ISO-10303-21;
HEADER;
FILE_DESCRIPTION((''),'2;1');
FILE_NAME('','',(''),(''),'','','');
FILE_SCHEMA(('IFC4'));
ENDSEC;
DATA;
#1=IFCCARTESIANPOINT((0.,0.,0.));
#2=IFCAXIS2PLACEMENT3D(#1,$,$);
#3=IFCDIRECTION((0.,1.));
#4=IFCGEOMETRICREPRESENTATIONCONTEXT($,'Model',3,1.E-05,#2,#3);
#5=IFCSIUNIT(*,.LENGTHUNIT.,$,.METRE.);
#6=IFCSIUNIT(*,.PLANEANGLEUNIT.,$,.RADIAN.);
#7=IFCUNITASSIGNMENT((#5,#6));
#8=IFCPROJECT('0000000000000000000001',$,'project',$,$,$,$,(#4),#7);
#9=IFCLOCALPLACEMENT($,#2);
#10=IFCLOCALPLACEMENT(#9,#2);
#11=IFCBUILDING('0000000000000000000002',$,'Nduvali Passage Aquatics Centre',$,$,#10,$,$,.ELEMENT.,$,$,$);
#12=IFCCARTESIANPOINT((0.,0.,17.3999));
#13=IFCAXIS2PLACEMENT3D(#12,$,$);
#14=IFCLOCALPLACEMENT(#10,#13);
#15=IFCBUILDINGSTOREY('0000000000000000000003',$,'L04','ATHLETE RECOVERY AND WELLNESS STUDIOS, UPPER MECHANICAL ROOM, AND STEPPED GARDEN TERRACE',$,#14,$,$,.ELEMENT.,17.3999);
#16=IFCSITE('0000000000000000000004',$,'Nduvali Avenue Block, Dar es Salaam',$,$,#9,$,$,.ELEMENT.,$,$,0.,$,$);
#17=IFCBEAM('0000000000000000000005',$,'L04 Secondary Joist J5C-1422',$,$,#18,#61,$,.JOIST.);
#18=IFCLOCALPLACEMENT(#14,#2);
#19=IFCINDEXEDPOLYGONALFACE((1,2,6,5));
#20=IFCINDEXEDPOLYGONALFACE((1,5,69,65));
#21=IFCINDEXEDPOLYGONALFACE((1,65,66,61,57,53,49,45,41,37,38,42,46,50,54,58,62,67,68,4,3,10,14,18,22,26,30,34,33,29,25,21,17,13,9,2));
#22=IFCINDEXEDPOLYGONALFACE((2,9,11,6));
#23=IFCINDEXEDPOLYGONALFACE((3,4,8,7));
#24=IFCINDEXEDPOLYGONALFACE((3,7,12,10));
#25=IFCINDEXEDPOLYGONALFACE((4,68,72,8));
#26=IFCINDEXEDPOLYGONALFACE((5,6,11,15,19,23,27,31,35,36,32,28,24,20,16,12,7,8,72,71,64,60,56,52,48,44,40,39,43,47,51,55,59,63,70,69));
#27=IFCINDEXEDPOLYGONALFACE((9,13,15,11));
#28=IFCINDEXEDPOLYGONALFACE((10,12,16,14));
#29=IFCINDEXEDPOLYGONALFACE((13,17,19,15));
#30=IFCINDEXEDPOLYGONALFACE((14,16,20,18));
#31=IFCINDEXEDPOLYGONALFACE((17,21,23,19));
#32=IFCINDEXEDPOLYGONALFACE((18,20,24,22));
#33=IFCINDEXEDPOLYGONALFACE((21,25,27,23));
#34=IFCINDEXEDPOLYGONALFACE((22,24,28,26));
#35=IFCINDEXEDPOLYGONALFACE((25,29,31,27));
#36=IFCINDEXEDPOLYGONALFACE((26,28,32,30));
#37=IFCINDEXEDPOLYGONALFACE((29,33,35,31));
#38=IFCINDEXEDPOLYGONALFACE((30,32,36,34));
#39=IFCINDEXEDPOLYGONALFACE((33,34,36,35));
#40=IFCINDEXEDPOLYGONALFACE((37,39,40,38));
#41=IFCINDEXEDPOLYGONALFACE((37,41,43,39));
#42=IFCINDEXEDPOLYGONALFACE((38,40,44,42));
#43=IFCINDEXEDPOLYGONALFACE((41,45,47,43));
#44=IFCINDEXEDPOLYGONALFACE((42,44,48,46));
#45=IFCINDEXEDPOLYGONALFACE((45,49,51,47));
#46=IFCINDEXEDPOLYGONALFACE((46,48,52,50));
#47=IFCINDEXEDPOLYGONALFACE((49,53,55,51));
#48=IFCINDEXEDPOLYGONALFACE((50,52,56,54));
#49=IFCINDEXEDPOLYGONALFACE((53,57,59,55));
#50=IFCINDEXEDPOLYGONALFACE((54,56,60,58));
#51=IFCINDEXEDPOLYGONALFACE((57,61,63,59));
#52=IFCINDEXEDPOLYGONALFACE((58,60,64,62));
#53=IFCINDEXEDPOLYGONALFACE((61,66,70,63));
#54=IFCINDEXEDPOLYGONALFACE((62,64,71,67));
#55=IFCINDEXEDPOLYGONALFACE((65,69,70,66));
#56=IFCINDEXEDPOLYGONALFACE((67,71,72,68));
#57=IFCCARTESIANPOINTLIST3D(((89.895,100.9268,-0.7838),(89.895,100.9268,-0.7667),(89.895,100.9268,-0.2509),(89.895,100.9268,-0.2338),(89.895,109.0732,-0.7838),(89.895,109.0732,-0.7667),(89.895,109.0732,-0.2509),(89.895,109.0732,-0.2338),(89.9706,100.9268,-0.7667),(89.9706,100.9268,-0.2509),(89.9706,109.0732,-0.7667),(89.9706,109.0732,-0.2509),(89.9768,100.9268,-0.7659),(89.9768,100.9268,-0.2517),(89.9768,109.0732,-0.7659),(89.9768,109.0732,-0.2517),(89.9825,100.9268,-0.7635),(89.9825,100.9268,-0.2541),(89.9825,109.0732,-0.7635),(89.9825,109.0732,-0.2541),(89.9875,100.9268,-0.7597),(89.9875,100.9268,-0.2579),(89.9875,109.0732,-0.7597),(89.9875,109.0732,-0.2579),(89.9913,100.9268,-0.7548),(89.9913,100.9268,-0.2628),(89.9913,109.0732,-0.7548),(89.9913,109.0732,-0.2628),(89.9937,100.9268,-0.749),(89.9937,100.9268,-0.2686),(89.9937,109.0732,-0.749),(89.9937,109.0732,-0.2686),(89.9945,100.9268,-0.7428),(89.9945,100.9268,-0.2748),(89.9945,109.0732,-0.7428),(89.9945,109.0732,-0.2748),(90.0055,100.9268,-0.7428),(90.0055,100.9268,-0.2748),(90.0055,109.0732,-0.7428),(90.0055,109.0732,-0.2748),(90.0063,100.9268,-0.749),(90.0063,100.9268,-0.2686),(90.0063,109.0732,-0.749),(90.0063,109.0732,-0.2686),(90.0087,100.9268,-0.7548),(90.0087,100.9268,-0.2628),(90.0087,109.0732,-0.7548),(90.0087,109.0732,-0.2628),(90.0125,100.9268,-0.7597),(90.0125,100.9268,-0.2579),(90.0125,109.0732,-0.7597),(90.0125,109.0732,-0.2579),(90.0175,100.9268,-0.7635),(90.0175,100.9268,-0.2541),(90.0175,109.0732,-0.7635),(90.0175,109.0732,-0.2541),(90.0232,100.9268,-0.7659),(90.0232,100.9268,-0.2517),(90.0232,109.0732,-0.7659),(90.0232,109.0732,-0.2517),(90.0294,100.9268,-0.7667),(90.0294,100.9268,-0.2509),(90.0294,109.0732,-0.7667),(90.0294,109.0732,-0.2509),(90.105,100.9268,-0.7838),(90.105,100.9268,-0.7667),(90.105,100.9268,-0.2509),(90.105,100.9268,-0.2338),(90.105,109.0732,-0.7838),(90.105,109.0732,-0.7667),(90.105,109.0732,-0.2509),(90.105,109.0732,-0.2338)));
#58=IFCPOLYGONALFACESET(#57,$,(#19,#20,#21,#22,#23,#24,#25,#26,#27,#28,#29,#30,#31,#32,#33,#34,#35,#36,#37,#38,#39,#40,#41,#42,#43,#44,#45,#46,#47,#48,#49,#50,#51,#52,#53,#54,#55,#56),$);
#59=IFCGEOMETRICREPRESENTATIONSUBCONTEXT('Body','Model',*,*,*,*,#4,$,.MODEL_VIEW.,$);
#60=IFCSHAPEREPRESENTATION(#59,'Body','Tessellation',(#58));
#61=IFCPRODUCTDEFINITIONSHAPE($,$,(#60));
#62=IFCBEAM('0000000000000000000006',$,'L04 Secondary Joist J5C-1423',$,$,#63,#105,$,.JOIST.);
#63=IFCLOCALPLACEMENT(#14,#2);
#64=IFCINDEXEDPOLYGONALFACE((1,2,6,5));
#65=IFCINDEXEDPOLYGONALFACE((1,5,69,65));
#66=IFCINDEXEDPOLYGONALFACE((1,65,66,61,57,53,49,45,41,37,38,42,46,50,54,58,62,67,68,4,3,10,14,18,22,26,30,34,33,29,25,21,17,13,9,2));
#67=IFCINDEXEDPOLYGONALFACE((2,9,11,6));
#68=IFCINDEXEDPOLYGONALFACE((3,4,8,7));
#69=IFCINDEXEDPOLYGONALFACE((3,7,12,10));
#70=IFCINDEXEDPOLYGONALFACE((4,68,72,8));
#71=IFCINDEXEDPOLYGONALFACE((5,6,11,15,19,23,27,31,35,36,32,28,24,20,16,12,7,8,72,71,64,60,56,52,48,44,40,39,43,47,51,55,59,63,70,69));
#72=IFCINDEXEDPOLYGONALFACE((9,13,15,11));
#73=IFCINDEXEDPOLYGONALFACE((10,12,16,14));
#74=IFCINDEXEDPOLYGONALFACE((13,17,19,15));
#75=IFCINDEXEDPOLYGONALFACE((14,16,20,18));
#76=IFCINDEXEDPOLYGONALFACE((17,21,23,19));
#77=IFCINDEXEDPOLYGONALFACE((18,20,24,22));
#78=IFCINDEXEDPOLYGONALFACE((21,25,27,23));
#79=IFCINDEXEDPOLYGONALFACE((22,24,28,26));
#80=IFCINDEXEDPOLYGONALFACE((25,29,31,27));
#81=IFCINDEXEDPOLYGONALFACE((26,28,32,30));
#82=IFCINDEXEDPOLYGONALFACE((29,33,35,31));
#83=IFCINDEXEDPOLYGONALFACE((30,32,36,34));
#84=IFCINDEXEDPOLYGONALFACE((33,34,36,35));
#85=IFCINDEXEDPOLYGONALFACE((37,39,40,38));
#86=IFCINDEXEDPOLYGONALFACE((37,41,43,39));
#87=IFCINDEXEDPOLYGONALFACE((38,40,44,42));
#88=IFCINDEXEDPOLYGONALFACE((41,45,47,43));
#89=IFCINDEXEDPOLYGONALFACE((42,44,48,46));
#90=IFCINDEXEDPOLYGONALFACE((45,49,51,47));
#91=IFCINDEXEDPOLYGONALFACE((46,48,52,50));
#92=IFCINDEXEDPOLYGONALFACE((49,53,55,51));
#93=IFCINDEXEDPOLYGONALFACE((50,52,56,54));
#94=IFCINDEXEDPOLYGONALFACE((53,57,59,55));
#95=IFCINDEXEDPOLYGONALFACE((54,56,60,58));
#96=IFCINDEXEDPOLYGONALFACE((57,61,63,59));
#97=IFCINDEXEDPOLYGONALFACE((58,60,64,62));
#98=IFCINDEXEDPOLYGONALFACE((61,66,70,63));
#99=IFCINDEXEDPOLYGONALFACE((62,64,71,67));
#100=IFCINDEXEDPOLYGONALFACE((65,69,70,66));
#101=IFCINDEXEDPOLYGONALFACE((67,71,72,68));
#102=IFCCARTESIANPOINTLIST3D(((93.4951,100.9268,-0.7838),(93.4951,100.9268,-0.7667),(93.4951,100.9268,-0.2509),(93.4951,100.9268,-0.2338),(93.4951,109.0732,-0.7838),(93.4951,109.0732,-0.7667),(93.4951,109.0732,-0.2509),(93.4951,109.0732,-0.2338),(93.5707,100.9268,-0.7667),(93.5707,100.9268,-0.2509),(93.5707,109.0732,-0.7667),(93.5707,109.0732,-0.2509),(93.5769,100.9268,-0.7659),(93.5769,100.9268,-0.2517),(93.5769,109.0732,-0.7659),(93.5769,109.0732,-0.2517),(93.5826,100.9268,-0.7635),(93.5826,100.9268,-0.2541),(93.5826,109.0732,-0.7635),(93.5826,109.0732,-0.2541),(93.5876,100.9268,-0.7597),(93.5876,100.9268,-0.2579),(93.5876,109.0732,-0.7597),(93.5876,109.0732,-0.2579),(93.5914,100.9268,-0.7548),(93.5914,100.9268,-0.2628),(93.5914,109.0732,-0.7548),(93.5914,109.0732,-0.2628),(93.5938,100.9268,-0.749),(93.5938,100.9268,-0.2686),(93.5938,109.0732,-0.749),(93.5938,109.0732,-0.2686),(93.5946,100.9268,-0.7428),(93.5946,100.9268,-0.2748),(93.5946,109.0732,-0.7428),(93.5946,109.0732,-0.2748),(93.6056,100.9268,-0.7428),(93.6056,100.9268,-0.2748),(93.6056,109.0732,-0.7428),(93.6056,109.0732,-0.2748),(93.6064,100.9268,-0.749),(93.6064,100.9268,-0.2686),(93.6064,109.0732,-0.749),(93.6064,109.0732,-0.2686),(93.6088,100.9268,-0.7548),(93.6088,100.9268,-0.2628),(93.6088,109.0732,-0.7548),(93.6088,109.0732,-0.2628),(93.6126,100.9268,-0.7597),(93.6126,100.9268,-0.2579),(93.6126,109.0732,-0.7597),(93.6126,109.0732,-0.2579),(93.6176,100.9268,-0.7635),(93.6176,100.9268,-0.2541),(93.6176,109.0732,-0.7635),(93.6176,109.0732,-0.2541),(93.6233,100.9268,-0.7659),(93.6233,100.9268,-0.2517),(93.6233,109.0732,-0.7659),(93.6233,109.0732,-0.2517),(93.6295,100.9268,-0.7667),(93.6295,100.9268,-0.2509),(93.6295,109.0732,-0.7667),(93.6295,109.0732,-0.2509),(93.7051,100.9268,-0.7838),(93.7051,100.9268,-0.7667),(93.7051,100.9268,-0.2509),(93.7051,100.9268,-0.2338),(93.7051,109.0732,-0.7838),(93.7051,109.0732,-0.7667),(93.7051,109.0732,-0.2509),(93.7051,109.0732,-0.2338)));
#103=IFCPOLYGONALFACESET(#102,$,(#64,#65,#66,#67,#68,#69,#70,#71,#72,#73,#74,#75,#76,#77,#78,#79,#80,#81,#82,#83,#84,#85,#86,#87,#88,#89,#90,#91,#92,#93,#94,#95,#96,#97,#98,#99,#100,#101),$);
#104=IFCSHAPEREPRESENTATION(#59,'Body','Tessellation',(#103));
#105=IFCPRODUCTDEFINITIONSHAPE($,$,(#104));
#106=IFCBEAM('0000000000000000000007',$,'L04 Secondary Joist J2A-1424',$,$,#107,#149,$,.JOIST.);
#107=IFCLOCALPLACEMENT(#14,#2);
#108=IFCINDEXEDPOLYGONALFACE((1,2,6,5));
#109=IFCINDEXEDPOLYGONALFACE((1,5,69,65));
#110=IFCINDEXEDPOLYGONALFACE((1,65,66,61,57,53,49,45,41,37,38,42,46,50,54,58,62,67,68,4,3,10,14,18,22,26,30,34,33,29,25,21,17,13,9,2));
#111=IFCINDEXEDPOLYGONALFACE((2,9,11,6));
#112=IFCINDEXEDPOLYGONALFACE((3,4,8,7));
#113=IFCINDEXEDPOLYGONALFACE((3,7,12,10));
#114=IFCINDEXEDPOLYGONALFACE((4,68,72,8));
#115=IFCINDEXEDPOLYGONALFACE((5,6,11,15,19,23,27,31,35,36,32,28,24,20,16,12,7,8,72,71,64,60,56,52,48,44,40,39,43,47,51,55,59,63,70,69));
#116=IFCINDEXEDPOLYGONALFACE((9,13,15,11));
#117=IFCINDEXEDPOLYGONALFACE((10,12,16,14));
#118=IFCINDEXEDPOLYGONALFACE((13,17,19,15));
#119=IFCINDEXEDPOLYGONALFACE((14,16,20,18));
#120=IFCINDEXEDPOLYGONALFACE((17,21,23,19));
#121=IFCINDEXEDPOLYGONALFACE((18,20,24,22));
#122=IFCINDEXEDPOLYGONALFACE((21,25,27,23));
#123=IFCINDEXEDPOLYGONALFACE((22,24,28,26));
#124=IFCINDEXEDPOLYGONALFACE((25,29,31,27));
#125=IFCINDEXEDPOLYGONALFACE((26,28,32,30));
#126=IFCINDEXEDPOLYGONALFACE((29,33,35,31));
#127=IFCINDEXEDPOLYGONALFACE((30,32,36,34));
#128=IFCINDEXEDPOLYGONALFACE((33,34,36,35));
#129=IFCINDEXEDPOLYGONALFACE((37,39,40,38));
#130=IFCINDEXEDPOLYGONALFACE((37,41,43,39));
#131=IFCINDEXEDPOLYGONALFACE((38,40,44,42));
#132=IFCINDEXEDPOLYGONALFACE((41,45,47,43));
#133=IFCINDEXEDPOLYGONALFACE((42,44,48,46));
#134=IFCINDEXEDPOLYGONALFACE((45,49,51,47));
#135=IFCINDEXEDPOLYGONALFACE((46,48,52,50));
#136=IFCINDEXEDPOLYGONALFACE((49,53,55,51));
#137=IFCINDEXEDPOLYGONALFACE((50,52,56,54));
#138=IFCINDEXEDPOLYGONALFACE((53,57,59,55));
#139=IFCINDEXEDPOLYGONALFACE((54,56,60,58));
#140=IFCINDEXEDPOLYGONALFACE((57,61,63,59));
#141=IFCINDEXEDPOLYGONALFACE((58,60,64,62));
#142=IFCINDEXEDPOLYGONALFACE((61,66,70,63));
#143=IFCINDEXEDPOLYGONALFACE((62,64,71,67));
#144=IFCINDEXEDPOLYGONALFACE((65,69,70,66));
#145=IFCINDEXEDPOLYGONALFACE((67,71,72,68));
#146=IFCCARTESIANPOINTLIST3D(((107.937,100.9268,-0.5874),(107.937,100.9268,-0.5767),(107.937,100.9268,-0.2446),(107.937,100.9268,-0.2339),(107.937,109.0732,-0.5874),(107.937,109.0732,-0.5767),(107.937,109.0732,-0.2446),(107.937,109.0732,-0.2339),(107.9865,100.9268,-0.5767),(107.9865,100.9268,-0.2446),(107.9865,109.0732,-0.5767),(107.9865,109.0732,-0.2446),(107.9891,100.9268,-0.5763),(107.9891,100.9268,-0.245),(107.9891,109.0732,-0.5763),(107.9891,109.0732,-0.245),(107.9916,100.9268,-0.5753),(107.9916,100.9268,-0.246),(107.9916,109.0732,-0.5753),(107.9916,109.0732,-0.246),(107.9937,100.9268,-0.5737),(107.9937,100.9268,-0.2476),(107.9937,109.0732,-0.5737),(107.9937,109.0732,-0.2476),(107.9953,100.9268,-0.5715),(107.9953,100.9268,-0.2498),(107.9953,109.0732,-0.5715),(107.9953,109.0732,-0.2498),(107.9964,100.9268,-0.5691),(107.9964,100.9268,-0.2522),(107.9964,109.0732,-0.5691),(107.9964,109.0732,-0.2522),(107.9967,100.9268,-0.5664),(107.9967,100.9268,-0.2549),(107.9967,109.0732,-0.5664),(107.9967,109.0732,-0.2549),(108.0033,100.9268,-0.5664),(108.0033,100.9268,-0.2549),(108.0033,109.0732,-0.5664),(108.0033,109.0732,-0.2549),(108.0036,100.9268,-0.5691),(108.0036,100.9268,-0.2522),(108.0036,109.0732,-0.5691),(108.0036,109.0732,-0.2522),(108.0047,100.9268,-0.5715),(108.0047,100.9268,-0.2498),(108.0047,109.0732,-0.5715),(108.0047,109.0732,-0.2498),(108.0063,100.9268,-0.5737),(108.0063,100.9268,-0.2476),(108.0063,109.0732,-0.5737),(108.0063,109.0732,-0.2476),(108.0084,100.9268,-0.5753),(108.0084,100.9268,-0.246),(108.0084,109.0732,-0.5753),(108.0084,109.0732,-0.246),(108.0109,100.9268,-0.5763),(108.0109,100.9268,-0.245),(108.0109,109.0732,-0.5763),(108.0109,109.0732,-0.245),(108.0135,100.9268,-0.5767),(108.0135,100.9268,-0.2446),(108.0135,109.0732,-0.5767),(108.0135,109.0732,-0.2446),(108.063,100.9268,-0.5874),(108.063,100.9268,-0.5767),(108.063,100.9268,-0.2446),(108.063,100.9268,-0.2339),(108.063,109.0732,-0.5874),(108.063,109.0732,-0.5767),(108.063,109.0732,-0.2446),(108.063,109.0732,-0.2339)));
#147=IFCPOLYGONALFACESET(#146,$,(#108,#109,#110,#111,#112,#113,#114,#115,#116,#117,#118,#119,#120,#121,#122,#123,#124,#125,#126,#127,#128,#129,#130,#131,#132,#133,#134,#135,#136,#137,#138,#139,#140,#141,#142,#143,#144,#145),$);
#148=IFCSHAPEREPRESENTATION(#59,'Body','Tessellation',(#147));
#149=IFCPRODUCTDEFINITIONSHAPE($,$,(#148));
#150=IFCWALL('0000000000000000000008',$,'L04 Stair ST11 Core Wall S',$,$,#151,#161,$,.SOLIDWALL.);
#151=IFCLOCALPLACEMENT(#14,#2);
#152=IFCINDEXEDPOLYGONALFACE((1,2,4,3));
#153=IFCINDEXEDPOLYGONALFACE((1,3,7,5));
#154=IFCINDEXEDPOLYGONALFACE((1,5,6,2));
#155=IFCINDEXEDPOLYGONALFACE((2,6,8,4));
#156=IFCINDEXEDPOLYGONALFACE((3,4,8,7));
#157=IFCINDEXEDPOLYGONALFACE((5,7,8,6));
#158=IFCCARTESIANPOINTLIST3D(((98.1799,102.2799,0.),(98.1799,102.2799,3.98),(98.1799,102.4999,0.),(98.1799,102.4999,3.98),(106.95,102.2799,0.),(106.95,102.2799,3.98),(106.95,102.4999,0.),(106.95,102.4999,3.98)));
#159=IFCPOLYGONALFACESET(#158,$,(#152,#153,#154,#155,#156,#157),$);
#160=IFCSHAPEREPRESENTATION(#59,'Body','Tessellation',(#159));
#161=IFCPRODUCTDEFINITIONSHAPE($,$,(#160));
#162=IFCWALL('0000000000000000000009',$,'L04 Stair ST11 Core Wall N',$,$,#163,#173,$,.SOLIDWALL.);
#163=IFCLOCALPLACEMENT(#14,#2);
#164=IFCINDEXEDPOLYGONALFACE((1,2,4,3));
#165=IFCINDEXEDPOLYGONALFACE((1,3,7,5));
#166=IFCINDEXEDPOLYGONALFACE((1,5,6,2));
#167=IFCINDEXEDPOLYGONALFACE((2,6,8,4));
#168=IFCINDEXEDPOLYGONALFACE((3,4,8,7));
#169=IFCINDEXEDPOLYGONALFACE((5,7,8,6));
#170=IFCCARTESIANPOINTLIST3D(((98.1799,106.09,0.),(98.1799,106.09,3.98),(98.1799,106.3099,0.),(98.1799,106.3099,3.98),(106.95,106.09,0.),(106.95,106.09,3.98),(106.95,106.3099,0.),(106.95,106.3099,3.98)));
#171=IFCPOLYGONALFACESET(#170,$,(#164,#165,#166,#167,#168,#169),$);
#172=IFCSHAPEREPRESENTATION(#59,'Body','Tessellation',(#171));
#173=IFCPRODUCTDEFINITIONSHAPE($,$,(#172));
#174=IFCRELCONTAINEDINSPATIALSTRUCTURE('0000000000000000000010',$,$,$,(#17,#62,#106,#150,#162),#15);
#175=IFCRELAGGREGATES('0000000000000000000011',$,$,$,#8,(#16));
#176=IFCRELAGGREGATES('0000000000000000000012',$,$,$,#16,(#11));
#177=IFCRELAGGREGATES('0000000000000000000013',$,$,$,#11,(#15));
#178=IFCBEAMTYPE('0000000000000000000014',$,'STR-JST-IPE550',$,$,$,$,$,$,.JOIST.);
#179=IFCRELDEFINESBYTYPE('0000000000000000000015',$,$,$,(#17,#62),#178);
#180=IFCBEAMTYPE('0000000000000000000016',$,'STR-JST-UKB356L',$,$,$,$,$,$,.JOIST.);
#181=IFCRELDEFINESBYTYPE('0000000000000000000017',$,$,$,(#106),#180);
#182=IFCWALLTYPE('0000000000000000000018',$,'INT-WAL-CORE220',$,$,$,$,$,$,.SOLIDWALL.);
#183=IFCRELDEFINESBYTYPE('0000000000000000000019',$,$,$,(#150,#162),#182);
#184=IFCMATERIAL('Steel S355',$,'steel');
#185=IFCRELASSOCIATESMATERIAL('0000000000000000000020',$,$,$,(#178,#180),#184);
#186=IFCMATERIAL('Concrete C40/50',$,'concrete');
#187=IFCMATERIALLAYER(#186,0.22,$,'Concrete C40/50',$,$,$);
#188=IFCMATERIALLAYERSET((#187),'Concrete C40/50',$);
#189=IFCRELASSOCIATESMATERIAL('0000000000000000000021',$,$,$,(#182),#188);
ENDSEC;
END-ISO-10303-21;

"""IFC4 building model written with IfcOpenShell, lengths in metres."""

from ifc_helpers import new_model, si_unit, direction, frame, frame_2d, origin, origin_2d, place, context, subcontext, project, spatial, rectangle, i_section, extrude, material, layer, layer_set, material_profile, profile_set, type_object, element, save


model = new_model("IFC4")

# Units and contexts
model_context = context("Model", 3, precision=1e-05, world=origin(), true_north=direction((0.0, 1.0)))
body_context = subcontext(model_context, "Body", "Model", "MODEL_VIEW")
ifc_project = project(units=[si_unit("LENGTHUNIT", "METRE"), si_unit("PLANEANGLEUNIT", "RADIAN")], contexts=[model_context])

# Site, building, storey
site_placement = place(None, origin())
site = spatial("IfcSite", under=ifc_project, at=site_placement, Name="Nduvali Avenue Block, Dar es Salaam", CompositionType="ELEMENT", RefElevation=0.0)
building_placement = place(site_placement, origin())
building = spatial("IfcBuilding", under=site, at=building_placement, Name="Nduvali Passage Aquatics Centre", CompositionType="ELEMENT")
storey_placement = place(building_placement, frame((0.0, 0.0, 17.3999)))
storey = spatial("IfcBuildingStorey", under=building, at=storey_placement, Name="L04", Description="ATHLETE RECOVERY AND WELLNESS STUDIOS, UPPER MECHANICAL ROOM, AND STEPPED GARDEN TERRACE", CompositionType="ELEMENT", Elevation=17.3999)

# Shared definitions
ifc_material_1 = material(Name="Steel S355", Category="steel")

# Beams
ifc_material_profile_1 = material_profile(ifc_material_1, i_section(OverallWidth=0.21, OverallDepth=0.55, WebThickness=0.011, FlangeThickness=0.0171, FilletRadius=0.0239, at=origin_2d()), Name="IPE 550")
ifc_profile_set_1 = profile_set([ifc_material_profile_1], Name="Steel S355")
beam_type_1 = type_object("IfcBeamType", Name="STR-JST-IPE550", PredefinedType="JOIST", material=ifc_profile_set_1)
for number, where, z_axis, x_axis, name in (
    (1, (90.0, 100.9268, -0.5088), (0.0, 1.0, 0.0), (-1.0, 0.0, 0.0), "L04 Secondary Joist J5C-1422"),
    (2, (93.6001, 100.9268, -0.5088), (0.0, 1.0, 0.0), (-1.0, 0.0, 0.0), "L04 Secondary Joist J5C-1423"),
):
    element("IfcBeam", number, at=place(storey_placement, frame(where, z_axis=z_axis, x_axis=x_axis)), inside=storey, type_object=beam_type_1, Name=name, PredefinedType="JOIST", context=body_context, shape_type="SweptSolid", body=[
        extrude(i_section(OverallWidth=0.21, OverallDepth=0.55, WebThickness=0.011, FlangeThickness=0.0171, FilletRadius=0.0239, at=origin_2d()), origin(), (0.0, 0.0, 1.0), 8.1465),
    ])
ifc_material_profile_2 = material_profile(ifc_material_1, i_section(OverallWidth=0.126, OverallDepth=0.3535, WebThickness=0.0066, FlangeThickness=0.0107, FilletRadius=0.0103, at=origin_2d()), Name="UKB 356x127x39")
ifc_profile_set_2 = profile_set([ifc_material_profile_2], Name="Steel S355")
beam_type_2 = type_object("IfcBeamType", Name="STR-JST-UKB356L", PredefinedType="JOIST", material=ifc_profile_set_2)
beam_1_placement = place(storey_placement, frame((108.0, 100.9268, -0.4106), z_axis=(0.0, 1.0, 0.0), x_axis=(-1.0, 0.0, 0.0)))
element("IfcBeam", 3, at=beam_1_placement, inside=storey, type_object=beam_type_2, Name="L04 Secondary Joist J2A-1424", PredefinedType="JOIST", context=body_context, shape_type="SweptSolid", body=[
    extrude(i_section(OverallWidth=0.126, OverallDepth=0.3535, WebThickness=0.0066, FlangeThickness=0.0107, FilletRadius=0.0103, at=origin_2d()), origin(), (0.0, 0.0, 1.0), 8.1465),
])

# Walls
ifc_material_2 = material(Name="Concrete C40/50", Category="concrete")
ifc_layer_1 = layer(ifc_material_2, 0.22, Name="Concrete C40/50")
ifc_layer_set_1 = layer_set([ifc_layer_1], Name="Concrete C40/50")
wall_type_1 = type_object("IfcWallType", Name="INT-WAL-CORE220", PredefinedType="SOLIDWALL", material=ifc_layer_set_1)
for number, where, z_axis, x_axis, name in (
    (4, (98.1799, 102.3899, 0.0), (0.0, 0.0, 1.0), (1.0, 0.0, 0.0), "L04 Stair ST11 Core Wall S"),
    (5, (106.95, 106.2, 0.0), (0.0, 0.0, 1.0), (-1.0, 0.0, 0.0), "L04 Stair ST11 Core Wall N"),
):
    element("IfcWall", number, at=place(storey_placement, frame(where, z_axis=z_axis, x_axis=x_axis)), inside=storey, type_object=wall_type_1, Name=name, PredefinedType="SOLIDWALL", context=body_context, shape_type="SweptSolid", body=[
        extrude(rectangle(XDim=8.77, YDim=0.22, at=frame_2d((4.385, 0.0))), origin(), (0.0, 0.0, 1.0), 3.98),
    ])

save(model, "model.ifc")
